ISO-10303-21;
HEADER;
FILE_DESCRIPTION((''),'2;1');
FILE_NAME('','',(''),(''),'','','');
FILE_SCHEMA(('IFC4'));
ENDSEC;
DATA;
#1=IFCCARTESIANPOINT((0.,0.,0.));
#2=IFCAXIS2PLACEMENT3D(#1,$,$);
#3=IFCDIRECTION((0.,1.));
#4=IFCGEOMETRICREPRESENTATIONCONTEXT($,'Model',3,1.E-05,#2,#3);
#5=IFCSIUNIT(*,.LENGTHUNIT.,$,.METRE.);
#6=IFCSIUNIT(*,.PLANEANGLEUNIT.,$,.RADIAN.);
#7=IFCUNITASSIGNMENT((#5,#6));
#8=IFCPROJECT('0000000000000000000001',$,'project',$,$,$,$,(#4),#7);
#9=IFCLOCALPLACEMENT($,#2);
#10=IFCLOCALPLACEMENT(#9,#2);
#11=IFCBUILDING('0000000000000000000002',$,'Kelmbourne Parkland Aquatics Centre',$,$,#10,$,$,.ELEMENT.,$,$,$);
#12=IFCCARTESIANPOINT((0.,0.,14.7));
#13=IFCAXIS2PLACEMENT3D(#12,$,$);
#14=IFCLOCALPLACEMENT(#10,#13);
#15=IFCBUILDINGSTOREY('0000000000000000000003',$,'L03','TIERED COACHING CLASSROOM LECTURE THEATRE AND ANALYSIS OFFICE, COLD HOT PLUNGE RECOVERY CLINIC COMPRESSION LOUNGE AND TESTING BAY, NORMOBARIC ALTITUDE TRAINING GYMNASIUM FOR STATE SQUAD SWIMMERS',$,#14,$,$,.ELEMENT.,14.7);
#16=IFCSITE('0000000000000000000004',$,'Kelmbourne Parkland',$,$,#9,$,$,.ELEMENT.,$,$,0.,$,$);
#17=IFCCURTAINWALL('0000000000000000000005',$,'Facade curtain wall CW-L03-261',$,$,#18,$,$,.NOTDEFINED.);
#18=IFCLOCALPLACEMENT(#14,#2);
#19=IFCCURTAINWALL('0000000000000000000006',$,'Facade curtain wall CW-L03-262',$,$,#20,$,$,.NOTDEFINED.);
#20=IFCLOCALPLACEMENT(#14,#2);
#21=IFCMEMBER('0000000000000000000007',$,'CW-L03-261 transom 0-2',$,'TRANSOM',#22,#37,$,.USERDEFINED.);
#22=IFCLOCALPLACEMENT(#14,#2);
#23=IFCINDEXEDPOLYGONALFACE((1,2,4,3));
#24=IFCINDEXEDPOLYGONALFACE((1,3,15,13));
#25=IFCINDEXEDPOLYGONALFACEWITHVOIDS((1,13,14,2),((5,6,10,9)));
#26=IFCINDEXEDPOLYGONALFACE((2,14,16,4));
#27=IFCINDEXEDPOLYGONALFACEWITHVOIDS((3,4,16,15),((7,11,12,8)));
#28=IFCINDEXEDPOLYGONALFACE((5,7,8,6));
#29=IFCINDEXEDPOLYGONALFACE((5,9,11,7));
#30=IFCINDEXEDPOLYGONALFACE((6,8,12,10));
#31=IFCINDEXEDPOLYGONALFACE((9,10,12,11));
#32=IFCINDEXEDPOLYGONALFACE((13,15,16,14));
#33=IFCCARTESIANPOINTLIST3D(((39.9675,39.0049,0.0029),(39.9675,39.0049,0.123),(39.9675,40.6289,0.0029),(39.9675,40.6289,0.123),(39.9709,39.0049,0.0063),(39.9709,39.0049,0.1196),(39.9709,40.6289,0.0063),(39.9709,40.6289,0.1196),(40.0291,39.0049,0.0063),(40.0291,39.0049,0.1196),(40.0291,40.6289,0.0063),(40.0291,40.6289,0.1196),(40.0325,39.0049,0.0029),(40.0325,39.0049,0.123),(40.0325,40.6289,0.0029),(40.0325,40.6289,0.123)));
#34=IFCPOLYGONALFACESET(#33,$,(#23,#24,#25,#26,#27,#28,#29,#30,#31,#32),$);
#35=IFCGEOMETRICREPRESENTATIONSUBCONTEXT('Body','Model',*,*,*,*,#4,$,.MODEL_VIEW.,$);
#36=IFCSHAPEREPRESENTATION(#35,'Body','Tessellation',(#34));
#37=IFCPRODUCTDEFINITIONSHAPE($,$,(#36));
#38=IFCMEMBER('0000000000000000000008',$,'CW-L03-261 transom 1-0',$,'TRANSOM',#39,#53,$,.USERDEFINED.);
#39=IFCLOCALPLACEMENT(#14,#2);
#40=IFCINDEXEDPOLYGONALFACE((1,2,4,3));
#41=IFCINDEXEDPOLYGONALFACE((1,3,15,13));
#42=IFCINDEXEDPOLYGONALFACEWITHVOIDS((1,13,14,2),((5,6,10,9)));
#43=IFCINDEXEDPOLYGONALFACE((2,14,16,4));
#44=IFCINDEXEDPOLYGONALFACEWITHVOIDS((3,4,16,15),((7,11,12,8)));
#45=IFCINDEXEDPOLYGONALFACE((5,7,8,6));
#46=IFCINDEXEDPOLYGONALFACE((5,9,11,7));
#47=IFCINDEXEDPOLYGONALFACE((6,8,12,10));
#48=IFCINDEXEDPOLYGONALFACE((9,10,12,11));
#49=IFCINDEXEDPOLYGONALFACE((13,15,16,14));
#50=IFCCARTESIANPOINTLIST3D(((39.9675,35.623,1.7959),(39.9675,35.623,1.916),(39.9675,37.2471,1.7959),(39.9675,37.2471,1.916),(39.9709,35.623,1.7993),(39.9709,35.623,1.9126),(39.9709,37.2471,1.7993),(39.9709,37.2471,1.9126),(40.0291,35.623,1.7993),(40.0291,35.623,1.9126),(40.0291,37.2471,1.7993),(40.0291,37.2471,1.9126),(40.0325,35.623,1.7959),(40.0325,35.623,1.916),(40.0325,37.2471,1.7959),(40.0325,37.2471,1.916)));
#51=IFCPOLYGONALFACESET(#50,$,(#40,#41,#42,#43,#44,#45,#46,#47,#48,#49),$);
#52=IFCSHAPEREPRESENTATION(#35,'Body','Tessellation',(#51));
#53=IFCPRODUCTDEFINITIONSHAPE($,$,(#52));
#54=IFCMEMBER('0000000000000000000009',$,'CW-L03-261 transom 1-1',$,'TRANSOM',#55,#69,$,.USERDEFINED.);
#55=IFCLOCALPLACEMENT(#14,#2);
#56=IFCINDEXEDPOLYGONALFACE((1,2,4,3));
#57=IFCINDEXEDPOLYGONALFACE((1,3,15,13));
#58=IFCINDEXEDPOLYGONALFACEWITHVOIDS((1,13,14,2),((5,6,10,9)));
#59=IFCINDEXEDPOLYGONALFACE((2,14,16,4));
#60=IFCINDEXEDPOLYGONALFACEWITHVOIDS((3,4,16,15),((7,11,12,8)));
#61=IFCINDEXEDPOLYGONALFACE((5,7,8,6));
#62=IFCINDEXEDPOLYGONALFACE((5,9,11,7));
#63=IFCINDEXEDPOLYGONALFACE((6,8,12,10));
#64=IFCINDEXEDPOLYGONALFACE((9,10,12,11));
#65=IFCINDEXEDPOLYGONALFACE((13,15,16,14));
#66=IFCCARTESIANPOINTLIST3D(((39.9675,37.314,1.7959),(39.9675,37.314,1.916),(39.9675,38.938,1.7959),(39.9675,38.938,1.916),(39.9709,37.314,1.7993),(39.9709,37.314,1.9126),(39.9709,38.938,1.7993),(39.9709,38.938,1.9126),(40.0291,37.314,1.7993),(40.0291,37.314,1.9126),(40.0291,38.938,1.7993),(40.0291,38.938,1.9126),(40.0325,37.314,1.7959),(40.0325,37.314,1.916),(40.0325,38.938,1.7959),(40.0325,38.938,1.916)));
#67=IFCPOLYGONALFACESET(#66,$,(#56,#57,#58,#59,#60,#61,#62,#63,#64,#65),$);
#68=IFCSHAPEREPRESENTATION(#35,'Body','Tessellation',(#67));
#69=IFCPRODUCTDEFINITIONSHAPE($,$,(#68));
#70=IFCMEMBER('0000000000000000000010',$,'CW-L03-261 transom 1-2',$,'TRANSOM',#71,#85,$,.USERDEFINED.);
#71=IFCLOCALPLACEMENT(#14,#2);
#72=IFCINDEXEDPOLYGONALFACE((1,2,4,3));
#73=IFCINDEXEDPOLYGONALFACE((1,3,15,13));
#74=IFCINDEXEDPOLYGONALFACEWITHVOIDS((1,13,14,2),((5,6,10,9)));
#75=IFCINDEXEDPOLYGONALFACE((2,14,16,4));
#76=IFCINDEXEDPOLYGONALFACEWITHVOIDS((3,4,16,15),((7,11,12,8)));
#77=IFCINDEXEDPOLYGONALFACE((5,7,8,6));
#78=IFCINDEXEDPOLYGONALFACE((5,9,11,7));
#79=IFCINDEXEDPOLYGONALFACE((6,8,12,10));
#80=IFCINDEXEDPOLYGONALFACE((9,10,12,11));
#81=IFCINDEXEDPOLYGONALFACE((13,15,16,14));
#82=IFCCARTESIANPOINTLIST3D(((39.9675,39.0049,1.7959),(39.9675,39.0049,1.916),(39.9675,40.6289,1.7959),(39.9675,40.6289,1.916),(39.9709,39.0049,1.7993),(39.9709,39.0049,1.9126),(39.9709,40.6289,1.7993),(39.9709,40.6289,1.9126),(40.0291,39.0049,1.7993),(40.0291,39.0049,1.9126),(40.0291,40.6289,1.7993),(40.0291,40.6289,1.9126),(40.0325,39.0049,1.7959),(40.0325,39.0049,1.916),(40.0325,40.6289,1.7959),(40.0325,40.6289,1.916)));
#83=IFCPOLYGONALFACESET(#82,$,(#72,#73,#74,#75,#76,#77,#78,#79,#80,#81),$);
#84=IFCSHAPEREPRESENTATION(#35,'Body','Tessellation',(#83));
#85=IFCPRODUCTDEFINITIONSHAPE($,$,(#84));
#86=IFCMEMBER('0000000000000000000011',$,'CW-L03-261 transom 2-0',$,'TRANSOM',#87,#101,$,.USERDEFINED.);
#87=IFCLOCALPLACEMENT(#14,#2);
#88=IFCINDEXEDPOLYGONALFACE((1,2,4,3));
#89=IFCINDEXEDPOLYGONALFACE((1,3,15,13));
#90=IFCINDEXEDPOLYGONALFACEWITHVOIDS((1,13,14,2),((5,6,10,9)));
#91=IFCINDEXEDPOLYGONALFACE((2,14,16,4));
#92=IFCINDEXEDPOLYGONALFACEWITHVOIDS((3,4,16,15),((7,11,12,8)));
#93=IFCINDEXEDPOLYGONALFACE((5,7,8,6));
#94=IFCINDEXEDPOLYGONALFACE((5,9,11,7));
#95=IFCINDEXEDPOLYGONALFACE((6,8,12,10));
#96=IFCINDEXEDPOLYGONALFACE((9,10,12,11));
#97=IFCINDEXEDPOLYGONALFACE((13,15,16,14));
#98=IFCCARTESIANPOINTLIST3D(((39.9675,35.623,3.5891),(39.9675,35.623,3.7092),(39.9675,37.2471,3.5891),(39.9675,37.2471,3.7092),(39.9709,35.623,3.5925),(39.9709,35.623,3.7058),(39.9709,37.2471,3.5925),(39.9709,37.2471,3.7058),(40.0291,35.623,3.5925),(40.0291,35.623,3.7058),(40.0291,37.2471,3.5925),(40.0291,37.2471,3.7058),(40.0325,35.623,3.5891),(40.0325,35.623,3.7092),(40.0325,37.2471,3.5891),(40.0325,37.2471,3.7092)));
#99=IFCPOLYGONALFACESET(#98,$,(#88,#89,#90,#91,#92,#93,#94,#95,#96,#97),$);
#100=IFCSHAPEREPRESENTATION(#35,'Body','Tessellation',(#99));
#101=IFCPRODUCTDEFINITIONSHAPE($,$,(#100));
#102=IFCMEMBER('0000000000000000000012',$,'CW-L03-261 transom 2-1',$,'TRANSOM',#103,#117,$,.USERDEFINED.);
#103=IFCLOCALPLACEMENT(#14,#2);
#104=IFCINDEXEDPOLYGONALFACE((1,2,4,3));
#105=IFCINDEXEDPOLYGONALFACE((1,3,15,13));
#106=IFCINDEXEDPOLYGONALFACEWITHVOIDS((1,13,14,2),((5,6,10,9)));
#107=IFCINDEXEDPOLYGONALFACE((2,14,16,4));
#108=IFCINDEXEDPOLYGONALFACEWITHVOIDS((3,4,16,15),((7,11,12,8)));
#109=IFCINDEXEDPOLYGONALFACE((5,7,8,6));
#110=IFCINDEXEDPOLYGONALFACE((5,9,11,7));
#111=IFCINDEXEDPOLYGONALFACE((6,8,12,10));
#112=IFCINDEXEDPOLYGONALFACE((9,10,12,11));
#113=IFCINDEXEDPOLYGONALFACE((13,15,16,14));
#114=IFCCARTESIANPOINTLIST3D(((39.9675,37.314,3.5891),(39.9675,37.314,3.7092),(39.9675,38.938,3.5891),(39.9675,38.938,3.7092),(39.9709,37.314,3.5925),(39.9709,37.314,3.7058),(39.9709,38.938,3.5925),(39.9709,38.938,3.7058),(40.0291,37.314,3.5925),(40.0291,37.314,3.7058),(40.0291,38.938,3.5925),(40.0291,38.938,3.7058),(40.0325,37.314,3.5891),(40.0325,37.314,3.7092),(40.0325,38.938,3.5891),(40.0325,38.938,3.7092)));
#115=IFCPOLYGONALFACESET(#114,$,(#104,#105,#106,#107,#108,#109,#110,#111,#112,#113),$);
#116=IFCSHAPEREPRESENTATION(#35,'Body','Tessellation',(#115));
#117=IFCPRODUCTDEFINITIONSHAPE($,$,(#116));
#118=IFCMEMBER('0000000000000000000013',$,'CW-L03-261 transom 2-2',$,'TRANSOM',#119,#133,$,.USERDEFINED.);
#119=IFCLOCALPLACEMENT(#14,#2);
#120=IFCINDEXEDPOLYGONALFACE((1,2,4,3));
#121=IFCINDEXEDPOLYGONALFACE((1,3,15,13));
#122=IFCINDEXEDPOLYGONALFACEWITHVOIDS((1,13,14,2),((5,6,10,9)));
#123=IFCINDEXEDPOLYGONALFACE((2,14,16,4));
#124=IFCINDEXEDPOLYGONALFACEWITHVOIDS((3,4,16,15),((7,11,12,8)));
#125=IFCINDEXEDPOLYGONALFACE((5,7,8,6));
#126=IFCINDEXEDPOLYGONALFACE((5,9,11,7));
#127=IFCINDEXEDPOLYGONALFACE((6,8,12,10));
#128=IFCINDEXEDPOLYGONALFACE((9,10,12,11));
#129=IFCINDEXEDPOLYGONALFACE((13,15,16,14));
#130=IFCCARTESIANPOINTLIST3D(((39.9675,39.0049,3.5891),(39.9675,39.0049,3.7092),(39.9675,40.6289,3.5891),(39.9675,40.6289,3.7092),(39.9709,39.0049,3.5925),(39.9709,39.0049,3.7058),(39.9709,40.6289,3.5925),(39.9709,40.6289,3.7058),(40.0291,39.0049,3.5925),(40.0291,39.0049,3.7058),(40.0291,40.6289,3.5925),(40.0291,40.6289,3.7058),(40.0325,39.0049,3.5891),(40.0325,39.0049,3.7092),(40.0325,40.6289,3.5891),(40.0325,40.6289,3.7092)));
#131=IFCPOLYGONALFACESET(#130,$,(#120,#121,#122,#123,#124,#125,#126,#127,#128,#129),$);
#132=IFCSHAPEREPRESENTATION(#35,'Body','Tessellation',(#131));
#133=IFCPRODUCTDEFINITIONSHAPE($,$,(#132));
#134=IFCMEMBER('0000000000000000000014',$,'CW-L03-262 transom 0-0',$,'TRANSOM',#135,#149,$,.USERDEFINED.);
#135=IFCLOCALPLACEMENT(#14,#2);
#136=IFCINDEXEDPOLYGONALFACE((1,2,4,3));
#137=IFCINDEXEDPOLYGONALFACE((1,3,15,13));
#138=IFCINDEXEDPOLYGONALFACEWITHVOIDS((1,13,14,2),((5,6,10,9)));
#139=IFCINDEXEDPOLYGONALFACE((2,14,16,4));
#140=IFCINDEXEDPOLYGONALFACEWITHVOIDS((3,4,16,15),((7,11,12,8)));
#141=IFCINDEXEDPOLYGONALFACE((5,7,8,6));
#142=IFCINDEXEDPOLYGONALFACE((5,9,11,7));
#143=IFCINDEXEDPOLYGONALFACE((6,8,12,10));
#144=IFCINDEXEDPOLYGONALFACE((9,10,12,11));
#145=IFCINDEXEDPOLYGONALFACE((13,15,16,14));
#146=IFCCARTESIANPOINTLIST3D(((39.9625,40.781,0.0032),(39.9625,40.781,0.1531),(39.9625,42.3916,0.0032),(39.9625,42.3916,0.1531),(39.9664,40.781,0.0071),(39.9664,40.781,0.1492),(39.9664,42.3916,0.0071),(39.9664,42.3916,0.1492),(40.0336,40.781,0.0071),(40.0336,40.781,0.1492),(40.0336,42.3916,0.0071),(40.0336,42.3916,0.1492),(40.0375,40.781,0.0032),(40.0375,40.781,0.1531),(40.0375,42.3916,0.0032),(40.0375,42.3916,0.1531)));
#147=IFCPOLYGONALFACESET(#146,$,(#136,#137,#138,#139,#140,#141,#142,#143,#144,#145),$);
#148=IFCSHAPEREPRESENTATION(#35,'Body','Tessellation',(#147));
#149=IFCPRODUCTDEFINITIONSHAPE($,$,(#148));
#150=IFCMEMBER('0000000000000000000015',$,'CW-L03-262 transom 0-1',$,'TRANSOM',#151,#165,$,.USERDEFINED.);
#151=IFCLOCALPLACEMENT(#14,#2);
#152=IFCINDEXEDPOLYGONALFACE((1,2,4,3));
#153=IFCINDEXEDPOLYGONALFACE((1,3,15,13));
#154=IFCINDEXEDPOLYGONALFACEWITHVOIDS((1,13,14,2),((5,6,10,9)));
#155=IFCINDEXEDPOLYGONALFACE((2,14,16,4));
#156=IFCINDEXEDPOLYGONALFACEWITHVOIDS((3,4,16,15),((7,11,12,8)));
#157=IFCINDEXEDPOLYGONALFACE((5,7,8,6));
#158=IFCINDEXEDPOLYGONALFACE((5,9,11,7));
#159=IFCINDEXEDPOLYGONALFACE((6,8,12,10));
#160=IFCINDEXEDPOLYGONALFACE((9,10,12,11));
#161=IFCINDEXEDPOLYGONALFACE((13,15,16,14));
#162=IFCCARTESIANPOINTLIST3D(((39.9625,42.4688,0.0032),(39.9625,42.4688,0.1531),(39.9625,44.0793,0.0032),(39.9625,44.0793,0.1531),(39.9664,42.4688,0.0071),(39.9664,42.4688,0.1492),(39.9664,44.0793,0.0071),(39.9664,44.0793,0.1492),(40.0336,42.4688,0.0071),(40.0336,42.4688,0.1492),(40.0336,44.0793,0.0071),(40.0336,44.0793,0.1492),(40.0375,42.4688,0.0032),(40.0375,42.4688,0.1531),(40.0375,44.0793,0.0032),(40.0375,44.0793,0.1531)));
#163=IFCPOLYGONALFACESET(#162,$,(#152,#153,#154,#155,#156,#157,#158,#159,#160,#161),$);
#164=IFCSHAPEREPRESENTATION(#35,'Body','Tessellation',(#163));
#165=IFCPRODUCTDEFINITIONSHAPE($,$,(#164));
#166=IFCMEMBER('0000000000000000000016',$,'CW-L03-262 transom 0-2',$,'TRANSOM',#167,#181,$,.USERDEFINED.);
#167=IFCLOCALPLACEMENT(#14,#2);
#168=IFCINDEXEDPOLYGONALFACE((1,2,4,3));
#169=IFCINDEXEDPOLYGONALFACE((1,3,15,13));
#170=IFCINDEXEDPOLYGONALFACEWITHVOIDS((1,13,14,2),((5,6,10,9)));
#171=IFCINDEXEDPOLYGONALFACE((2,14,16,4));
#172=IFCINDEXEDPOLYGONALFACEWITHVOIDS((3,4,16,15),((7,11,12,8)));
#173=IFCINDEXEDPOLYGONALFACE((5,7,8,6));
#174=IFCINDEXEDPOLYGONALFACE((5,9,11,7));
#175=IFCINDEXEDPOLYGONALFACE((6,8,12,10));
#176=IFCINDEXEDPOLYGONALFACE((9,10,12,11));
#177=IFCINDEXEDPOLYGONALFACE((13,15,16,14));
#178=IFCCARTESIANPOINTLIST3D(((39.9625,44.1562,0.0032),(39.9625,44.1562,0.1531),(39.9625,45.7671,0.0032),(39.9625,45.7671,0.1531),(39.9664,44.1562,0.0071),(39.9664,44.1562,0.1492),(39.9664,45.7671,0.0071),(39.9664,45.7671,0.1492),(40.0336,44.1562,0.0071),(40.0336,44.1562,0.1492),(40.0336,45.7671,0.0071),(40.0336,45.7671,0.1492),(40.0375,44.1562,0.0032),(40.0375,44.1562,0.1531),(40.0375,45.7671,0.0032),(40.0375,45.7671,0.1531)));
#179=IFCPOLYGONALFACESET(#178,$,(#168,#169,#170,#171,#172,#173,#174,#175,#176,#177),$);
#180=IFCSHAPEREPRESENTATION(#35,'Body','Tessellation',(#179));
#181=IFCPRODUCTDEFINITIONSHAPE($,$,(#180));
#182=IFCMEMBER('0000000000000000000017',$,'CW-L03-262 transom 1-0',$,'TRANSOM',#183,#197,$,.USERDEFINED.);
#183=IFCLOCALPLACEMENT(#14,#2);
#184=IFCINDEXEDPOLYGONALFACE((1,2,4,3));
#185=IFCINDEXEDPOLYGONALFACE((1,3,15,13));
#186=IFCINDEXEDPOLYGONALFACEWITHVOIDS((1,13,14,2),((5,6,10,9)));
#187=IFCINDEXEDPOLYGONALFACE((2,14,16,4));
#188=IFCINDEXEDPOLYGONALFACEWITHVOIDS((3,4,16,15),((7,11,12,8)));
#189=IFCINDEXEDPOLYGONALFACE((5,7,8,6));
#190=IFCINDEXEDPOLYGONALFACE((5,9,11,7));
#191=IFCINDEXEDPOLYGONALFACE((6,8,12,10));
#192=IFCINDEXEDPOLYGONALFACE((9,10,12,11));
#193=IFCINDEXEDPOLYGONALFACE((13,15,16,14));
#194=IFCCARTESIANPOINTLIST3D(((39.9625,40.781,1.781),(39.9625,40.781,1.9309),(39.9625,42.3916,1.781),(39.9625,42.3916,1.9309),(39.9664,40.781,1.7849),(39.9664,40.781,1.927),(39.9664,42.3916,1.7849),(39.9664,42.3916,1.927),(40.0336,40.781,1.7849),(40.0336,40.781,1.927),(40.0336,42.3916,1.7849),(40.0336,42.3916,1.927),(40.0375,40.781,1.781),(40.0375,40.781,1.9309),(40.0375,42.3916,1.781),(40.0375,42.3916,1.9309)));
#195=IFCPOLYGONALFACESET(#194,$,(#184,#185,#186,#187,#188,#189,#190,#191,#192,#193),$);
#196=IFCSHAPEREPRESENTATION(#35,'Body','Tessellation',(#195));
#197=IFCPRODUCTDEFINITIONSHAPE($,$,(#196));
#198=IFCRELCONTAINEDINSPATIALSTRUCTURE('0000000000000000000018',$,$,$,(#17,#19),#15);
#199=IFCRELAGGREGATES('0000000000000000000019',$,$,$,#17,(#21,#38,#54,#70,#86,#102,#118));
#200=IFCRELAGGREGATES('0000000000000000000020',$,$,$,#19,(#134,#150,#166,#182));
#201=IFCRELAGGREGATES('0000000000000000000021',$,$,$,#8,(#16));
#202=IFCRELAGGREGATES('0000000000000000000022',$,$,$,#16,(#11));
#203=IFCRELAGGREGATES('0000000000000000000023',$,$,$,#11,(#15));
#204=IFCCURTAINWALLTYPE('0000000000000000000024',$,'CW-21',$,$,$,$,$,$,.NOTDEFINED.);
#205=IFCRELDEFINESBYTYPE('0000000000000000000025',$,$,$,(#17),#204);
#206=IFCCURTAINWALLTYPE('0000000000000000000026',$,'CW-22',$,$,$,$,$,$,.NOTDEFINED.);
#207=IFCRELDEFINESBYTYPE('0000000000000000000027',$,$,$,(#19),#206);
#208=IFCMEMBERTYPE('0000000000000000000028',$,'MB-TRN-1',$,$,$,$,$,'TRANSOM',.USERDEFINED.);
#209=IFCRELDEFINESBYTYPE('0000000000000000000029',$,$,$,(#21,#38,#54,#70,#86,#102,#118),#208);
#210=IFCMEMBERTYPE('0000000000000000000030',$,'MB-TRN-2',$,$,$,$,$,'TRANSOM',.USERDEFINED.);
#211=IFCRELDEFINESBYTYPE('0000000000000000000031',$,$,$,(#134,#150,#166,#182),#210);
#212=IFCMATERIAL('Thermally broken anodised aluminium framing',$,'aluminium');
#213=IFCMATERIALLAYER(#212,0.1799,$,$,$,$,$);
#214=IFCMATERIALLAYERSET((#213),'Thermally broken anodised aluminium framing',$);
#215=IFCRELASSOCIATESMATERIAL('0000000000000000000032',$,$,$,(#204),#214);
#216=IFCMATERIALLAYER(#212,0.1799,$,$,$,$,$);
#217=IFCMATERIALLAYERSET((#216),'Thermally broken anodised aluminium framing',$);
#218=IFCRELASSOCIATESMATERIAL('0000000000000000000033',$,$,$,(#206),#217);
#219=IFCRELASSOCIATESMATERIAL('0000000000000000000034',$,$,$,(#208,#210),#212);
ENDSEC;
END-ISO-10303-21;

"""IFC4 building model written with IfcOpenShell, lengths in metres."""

from ifc_helpers import new_model, si_unit, direction, frame, origin, origin_2d, place, context, subcontext, project, spatial, hollow_rectangle, extrude, material, layer, layer_set, material_profile, profile_set, type_object, element, aggregate, save


model = new_model("IFC4")

# Units and contexts
model_context = context("Model", 3, precision=1e-05, world=origin(), true_north=direction((0.0, 1.0)))
body_context = subcontext(model_context, "Body", "Model", "MODEL_VIEW")
ifc_project = project(units=[si_unit("LENGTHUNIT", "METRE"), si_unit("PLANEANGLEUNIT", "RADIAN")], contexts=[model_context])

# Site, building, storey
site_placement = place(None, origin())
site = spatial("IfcSite", under=ifc_project, at=site_placement, Name="Kelmbourne Parkland", CompositionType="ELEMENT", RefElevation=0.0)
building_placement = place(site_placement, origin())
building = spatial("IfcBuilding", under=site, at=building_placement, Name="Kelmbourne Parkland Aquatics Centre", CompositionType="ELEMENT")
storey_placement = place(building_placement, frame((0.0, 0.0, 14.7)))
storey = spatial("IfcBuildingStorey", under=building, at=storey_placement, Name="L03", Description="TIERED COACHING CLASSROOM LECTURE THEATRE AND ANALYSIS OFFICE, COLD HOT PLUNGE RECOVERY CLINIC COMPRESSION LOUNGE AND TESTING BAY, NORMOBARIC ALTITUDE TRAINING GYMNASIUM FOR STATE SQUAD SWIMMERS", CompositionType="ELEMENT", Elevation=14.7)

# Shared definitions
ifc_material_1 = material(Name="Thermally broken anodised aluminium framing", Category="aluminium")

# Curtain walls
ifc_layer_1 = layer(ifc_material_1, 0.1799)
ifc_layer_set_1 = layer_set([ifc_layer_1], Name="Thermally broken anodised aluminium framing")
curtain_wall_type_1 = type_object("IfcCurtainWallType", Name="CW-21", PredefinedType="NOTDEFINED", material=ifc_layer_set_1)
curtain_wall_1_placement = place(storey_placement, origin())
curtain_wall_1 = element("IfcCurtainWall", 1, at=curtain_wall_1_placement, inside=storey, type_object=curtain_wall_type_1, Name="Facade curtain wall CW-L03-261", PredefinedType="NOTDEFINED")
ifc_layer_2 = layer(ifc_material_1, 0.1799)
ifc_layer_set_2 = layer_set([ifc_layer_2], Name="Thermally broken anodised aluminium framing")
curtain_wall_type_2 = type_object("IfcCurtainWallType", Name="CW-22", PredefinedType="NOTDEFINED", material=ifc_layer_set_2)
curtain_wall_2_placement = place(storey_placement, origin())
curtain_wall_2 = element("IfcCurtainWall", 2, at=curtain_wall_2_placement, inside=storey, type_object=curtain_wall_type_2, Name="Facade curtain wall CW-L03-262", PredefinedType="NOTDEFINED")

# Members
ifc_material_profile_1 = material_profile(ifc_material_1, hollow_rectangle(XDim=0.0649, YDim=0.1201, WallThickness=0.0034, at=origin_2d()), Name="CW-T 65x120")
ifc_profile_set_1 = profile_set([ifc_material_profile_1], Name="Thermally broken anodised aluminium framing")
member_type_1 = type_object("IfcMemberType", Name="MB-TRN-1", ElementType="TRANSOM", PredefinedType="USERDEFINED", material=ifc_profile_set_1)
member_1_placement = place(storey_placement, frame((40.0, 39.0049, 0.063), z_axis=(0.0, 1.0, 0.0), x_axis=(-1.0, 0.0, 0.0)))
member_1 = element("IfcMember", 3, at=member_1_placement, type_object=member_type_1, Name="CW-L03-261 transom 0-2", ObjectType="TRANSOM", PredefinedType="USERDEFINED", context=body_context, shape_type="SweptSolid", body=[
    extrude(hollow_rectangle(XDim=0.0649, YDim=0.1201, WallThickness=0.0034, at=origin_2d()), origin(), (0.0, 0.0, 1.0), 1.624),
])
member_2_placement = place(storey_placement, frame((40.0, 35.623, 1.856), z_axis=(0.0, 1.0, 0.0), x_axis=(-1.0, 0.0, 0.0)))
member_2 = element("IfcMember", 4, at=member_2_placement, type_object=member_type_1, Name="CW-L03-261 transom 1-0", ObjectType="TRANSOM", PredefinedType="USERDEFINED", context=body_context, shape_type="SweptSolid", body=[
    extrude(hollow_rectangle(XDim=0.0649, YDim=0.1201, WallThickness=0.0034, at=origin_2d()), origin(), (0.0, 0.0, 1.0), 1.624),
])
member_3_placement = place(storey_placement, frame((40.0, 37.314, 1.856), z_axis=(0.0, 1.0, 0.0), x_axis=(-1.0, 0.0, 0.0)))
member_3 = element("IfcMember", 5, at=member_3_placement, type_object=member_type_1, Name="CW-L03-261 transom 1-1", ObjectType="TRANSOM", PredefinedType="USERDEFINED", context=body_context, shape_type="SweptSolid", body=[
    extrude(hollow_rectangle(XDim=0.0649, YDim=0.1201, WallThickness=0.0034, at=origin_2d()), origin(), (0.0, 0.0, 1.0), 1.624),
])
member_4_placement = place(storey_placement, frame((40.0, 39.0049, 1.856), z_axis=(0.0, 1.0, 0.0), x_axis=(-1.0, 0.0, 0.0)))
member_4 = element("IfcMember", 6, at=member_4_placement, type_object=member_type_1, Name="CW-L03-261 transom 1-2", ObjectType="TRANSOM", PredefinedType="USERDEFINED", context=body_context, shape_type="SweptSolid", body=[
    extrude(hollow_rectangle(XDim=0.0649, YDim=0.1201, WallThickness=0.0034, at=origin_2d()), origin(), (0.0, 0.0, 1.0), 1.624),
])
member_5_placement = place(storey_placement, frame((40.0, 35.623, 3.6492), z_axis=(0.0, 1.0, 0.0), x_axis=(-1.0, 0.0, 0.0)))
member_5 = element("IfcMember", 7, at=member_5_placement, type_object=member_type_1, Name="CW-L03-261 transom 2-0", ObjectType="TRANSOM", PredefinedType="USERDEFINED", context=body_context, shape_type="SweptSolid", body=[
    extrude(hollow_rectangle(XDim=0.0649, YDim=0.1201, WallThickness=0.0034, at=origin_2d()), origin(), (0.0, 0.0, 1.0), 1.624),
])
member_6_placement = place(storey_placement, frame((40.0, 37.314, 3.6492), z_axis=(0.0, 1.0, 0.0), x_axis=(-1.0, 0.0, 0.0)))
member_6 = element("IfcMember", 8, at=member_6_placement, type_object=member_type_1, Name="CW-L03-261 transom 2-1", ObjectType="TRANSOM", PredefinedType="USERDEFINED", context=body_context, shape_type="SweptSolid", body=[
    extrude(hollow_rectangle(XDim=0.0649, YDim=0.1201, WallThickness=0.0034, at=origin_2d()), origin(), (0.0, 0.0, 1.0), 1.624),
])
member_7_placement = place(storey_placement, frame((40.0, 39.0049, 3.6492), z_axis=(0.0, 1.0, 0.0), x_axis=(-1.0, 0.0, 0.0)))
member_7 = element("IfcMember", 9, at=member_7_placement, type_object=member_type_1, Name="CW-L03-261 transom 2-2", ObjectType="TRANSOM", PredefinedType="USERDEFINED", context=body_context, shape_type="SweptSolid", body=[
    extrude(hollow_rectangle(XDim=0.0649, YDim=0.1201, WallThickness=0.0034, at=origin_2d()), origin(), (0.0, 0.0, 1.0), 1.624),
])
ifc_material_profile_2 = material_profile(ifc_material_1, hollow_rectangle(XDim=0.075, YDim=0.1499, WallThickness=0.0039, at=origin_2d()), Name="CW-T 75x150")
ifc_profile_set_2 = profile_set([ifc_material_profile_2], Name="Thermally broken anodised aluminium framing")
member_type_2 = type_object("IfcMemberType", Name="MB-TRN-2", ElementType="TRANSOM", PredefinedType="USERDEFINED", material=ifc_profile_set_2)
member_8_placement = place(storey_placement, frame((40.0, 40.781, 0.0781), z_axis=(0.0, 1.0, 0.0), x_axis=(-1.0, 0.0, 0.0)))
member_8 = element("IfcMember", 10, at=member_8_placement, type_object=member_type_2, Name="CW-L03-262 transom 0-0", ObjectType="TRANSOM", PredefinedType="USERDEFINED", context=body_context, shape_type="SweptSolid", body=[
    extrude(hollow_rectangle(XDim=0.075, YDim=0.1499, WallThickness=0.0039, at=origin_2d()), origin(), (0.0, 0.0, 1.0), 1.6106),
])
member_9_placement = place(storey_placement, frame((40.0, 42.4688, 0.0781), z_axis=(0.0, 1.0, 0.0), x_axis=(-1.0, 0.0, 0.0)))
member_9 = element("IfcMember", 11, at=member_9_placement, type_object=member_type_2, Name="CW-L03-262 transom 0-1", ObjectType="TRANSOM", PredefinedType="USERDEFINED", context=body_context, shape_type="SweptSolid", body=[
    extrude(hollow_rectangle(XDim=0.075, YDim=0.1499, WallThickness=0.0039, at=origin_2d()), origin(), (0.0, 0.0, 1.0), 1.6106),
])
member_10_placement = place(storey_placement, frame((40.0, 44.1562, 0.0781), z_axis=(0.0, 1.0, 0.0), x_axis=(-1.0, 0.0, 0.0)))
member_10 = element("IfcMember", 12, at=member_10_placement, type_object=member_type_2, Name="CW-L03-262 transom 0-2", ObjectType="TRANSOM", PredefinedType="USERDEFINED", context=body_context, shape_type="SweptSolid", body=[
    extrude(hollow_rectangle(XDim=0.075, YDim=0.1499, WallThickness=0.0039, at=origin_2d()), origin(), (0.0, 0.0, 1.0), 1.6108),
])
member_11_placement = place(storey_placement, frame((40.0, 40.781, 1.856), z_axis=(0.0, 1.0, 0.0), x_axis=(-1.0, 0.0, 0.0)))
member_11 = element("IfcMember", 13, at=member_11_placement, type_object=member_type_2, Name="CW-L03-262 transom 1-0", ObjectType="TRANSOM", PredefinedType="USERDEFINED", context=body_context, shape_type="SweptSolid", body=[
    extrude(hollow_rectangle(XDim=0.075, YDim=0.1499, WallThickness=0.0039, at=origin_2d()), origin(), (0.0, 0.0, 1.0), 1.6106),
])

aggregate(curtain_wall_1, [member_1, member_2, member_3, member_4, member_5, member_6, member_7])
aggregate(curtain_wall_2, [member_8, member_9, member_10, member_11])

save(model, "model.ifc")
